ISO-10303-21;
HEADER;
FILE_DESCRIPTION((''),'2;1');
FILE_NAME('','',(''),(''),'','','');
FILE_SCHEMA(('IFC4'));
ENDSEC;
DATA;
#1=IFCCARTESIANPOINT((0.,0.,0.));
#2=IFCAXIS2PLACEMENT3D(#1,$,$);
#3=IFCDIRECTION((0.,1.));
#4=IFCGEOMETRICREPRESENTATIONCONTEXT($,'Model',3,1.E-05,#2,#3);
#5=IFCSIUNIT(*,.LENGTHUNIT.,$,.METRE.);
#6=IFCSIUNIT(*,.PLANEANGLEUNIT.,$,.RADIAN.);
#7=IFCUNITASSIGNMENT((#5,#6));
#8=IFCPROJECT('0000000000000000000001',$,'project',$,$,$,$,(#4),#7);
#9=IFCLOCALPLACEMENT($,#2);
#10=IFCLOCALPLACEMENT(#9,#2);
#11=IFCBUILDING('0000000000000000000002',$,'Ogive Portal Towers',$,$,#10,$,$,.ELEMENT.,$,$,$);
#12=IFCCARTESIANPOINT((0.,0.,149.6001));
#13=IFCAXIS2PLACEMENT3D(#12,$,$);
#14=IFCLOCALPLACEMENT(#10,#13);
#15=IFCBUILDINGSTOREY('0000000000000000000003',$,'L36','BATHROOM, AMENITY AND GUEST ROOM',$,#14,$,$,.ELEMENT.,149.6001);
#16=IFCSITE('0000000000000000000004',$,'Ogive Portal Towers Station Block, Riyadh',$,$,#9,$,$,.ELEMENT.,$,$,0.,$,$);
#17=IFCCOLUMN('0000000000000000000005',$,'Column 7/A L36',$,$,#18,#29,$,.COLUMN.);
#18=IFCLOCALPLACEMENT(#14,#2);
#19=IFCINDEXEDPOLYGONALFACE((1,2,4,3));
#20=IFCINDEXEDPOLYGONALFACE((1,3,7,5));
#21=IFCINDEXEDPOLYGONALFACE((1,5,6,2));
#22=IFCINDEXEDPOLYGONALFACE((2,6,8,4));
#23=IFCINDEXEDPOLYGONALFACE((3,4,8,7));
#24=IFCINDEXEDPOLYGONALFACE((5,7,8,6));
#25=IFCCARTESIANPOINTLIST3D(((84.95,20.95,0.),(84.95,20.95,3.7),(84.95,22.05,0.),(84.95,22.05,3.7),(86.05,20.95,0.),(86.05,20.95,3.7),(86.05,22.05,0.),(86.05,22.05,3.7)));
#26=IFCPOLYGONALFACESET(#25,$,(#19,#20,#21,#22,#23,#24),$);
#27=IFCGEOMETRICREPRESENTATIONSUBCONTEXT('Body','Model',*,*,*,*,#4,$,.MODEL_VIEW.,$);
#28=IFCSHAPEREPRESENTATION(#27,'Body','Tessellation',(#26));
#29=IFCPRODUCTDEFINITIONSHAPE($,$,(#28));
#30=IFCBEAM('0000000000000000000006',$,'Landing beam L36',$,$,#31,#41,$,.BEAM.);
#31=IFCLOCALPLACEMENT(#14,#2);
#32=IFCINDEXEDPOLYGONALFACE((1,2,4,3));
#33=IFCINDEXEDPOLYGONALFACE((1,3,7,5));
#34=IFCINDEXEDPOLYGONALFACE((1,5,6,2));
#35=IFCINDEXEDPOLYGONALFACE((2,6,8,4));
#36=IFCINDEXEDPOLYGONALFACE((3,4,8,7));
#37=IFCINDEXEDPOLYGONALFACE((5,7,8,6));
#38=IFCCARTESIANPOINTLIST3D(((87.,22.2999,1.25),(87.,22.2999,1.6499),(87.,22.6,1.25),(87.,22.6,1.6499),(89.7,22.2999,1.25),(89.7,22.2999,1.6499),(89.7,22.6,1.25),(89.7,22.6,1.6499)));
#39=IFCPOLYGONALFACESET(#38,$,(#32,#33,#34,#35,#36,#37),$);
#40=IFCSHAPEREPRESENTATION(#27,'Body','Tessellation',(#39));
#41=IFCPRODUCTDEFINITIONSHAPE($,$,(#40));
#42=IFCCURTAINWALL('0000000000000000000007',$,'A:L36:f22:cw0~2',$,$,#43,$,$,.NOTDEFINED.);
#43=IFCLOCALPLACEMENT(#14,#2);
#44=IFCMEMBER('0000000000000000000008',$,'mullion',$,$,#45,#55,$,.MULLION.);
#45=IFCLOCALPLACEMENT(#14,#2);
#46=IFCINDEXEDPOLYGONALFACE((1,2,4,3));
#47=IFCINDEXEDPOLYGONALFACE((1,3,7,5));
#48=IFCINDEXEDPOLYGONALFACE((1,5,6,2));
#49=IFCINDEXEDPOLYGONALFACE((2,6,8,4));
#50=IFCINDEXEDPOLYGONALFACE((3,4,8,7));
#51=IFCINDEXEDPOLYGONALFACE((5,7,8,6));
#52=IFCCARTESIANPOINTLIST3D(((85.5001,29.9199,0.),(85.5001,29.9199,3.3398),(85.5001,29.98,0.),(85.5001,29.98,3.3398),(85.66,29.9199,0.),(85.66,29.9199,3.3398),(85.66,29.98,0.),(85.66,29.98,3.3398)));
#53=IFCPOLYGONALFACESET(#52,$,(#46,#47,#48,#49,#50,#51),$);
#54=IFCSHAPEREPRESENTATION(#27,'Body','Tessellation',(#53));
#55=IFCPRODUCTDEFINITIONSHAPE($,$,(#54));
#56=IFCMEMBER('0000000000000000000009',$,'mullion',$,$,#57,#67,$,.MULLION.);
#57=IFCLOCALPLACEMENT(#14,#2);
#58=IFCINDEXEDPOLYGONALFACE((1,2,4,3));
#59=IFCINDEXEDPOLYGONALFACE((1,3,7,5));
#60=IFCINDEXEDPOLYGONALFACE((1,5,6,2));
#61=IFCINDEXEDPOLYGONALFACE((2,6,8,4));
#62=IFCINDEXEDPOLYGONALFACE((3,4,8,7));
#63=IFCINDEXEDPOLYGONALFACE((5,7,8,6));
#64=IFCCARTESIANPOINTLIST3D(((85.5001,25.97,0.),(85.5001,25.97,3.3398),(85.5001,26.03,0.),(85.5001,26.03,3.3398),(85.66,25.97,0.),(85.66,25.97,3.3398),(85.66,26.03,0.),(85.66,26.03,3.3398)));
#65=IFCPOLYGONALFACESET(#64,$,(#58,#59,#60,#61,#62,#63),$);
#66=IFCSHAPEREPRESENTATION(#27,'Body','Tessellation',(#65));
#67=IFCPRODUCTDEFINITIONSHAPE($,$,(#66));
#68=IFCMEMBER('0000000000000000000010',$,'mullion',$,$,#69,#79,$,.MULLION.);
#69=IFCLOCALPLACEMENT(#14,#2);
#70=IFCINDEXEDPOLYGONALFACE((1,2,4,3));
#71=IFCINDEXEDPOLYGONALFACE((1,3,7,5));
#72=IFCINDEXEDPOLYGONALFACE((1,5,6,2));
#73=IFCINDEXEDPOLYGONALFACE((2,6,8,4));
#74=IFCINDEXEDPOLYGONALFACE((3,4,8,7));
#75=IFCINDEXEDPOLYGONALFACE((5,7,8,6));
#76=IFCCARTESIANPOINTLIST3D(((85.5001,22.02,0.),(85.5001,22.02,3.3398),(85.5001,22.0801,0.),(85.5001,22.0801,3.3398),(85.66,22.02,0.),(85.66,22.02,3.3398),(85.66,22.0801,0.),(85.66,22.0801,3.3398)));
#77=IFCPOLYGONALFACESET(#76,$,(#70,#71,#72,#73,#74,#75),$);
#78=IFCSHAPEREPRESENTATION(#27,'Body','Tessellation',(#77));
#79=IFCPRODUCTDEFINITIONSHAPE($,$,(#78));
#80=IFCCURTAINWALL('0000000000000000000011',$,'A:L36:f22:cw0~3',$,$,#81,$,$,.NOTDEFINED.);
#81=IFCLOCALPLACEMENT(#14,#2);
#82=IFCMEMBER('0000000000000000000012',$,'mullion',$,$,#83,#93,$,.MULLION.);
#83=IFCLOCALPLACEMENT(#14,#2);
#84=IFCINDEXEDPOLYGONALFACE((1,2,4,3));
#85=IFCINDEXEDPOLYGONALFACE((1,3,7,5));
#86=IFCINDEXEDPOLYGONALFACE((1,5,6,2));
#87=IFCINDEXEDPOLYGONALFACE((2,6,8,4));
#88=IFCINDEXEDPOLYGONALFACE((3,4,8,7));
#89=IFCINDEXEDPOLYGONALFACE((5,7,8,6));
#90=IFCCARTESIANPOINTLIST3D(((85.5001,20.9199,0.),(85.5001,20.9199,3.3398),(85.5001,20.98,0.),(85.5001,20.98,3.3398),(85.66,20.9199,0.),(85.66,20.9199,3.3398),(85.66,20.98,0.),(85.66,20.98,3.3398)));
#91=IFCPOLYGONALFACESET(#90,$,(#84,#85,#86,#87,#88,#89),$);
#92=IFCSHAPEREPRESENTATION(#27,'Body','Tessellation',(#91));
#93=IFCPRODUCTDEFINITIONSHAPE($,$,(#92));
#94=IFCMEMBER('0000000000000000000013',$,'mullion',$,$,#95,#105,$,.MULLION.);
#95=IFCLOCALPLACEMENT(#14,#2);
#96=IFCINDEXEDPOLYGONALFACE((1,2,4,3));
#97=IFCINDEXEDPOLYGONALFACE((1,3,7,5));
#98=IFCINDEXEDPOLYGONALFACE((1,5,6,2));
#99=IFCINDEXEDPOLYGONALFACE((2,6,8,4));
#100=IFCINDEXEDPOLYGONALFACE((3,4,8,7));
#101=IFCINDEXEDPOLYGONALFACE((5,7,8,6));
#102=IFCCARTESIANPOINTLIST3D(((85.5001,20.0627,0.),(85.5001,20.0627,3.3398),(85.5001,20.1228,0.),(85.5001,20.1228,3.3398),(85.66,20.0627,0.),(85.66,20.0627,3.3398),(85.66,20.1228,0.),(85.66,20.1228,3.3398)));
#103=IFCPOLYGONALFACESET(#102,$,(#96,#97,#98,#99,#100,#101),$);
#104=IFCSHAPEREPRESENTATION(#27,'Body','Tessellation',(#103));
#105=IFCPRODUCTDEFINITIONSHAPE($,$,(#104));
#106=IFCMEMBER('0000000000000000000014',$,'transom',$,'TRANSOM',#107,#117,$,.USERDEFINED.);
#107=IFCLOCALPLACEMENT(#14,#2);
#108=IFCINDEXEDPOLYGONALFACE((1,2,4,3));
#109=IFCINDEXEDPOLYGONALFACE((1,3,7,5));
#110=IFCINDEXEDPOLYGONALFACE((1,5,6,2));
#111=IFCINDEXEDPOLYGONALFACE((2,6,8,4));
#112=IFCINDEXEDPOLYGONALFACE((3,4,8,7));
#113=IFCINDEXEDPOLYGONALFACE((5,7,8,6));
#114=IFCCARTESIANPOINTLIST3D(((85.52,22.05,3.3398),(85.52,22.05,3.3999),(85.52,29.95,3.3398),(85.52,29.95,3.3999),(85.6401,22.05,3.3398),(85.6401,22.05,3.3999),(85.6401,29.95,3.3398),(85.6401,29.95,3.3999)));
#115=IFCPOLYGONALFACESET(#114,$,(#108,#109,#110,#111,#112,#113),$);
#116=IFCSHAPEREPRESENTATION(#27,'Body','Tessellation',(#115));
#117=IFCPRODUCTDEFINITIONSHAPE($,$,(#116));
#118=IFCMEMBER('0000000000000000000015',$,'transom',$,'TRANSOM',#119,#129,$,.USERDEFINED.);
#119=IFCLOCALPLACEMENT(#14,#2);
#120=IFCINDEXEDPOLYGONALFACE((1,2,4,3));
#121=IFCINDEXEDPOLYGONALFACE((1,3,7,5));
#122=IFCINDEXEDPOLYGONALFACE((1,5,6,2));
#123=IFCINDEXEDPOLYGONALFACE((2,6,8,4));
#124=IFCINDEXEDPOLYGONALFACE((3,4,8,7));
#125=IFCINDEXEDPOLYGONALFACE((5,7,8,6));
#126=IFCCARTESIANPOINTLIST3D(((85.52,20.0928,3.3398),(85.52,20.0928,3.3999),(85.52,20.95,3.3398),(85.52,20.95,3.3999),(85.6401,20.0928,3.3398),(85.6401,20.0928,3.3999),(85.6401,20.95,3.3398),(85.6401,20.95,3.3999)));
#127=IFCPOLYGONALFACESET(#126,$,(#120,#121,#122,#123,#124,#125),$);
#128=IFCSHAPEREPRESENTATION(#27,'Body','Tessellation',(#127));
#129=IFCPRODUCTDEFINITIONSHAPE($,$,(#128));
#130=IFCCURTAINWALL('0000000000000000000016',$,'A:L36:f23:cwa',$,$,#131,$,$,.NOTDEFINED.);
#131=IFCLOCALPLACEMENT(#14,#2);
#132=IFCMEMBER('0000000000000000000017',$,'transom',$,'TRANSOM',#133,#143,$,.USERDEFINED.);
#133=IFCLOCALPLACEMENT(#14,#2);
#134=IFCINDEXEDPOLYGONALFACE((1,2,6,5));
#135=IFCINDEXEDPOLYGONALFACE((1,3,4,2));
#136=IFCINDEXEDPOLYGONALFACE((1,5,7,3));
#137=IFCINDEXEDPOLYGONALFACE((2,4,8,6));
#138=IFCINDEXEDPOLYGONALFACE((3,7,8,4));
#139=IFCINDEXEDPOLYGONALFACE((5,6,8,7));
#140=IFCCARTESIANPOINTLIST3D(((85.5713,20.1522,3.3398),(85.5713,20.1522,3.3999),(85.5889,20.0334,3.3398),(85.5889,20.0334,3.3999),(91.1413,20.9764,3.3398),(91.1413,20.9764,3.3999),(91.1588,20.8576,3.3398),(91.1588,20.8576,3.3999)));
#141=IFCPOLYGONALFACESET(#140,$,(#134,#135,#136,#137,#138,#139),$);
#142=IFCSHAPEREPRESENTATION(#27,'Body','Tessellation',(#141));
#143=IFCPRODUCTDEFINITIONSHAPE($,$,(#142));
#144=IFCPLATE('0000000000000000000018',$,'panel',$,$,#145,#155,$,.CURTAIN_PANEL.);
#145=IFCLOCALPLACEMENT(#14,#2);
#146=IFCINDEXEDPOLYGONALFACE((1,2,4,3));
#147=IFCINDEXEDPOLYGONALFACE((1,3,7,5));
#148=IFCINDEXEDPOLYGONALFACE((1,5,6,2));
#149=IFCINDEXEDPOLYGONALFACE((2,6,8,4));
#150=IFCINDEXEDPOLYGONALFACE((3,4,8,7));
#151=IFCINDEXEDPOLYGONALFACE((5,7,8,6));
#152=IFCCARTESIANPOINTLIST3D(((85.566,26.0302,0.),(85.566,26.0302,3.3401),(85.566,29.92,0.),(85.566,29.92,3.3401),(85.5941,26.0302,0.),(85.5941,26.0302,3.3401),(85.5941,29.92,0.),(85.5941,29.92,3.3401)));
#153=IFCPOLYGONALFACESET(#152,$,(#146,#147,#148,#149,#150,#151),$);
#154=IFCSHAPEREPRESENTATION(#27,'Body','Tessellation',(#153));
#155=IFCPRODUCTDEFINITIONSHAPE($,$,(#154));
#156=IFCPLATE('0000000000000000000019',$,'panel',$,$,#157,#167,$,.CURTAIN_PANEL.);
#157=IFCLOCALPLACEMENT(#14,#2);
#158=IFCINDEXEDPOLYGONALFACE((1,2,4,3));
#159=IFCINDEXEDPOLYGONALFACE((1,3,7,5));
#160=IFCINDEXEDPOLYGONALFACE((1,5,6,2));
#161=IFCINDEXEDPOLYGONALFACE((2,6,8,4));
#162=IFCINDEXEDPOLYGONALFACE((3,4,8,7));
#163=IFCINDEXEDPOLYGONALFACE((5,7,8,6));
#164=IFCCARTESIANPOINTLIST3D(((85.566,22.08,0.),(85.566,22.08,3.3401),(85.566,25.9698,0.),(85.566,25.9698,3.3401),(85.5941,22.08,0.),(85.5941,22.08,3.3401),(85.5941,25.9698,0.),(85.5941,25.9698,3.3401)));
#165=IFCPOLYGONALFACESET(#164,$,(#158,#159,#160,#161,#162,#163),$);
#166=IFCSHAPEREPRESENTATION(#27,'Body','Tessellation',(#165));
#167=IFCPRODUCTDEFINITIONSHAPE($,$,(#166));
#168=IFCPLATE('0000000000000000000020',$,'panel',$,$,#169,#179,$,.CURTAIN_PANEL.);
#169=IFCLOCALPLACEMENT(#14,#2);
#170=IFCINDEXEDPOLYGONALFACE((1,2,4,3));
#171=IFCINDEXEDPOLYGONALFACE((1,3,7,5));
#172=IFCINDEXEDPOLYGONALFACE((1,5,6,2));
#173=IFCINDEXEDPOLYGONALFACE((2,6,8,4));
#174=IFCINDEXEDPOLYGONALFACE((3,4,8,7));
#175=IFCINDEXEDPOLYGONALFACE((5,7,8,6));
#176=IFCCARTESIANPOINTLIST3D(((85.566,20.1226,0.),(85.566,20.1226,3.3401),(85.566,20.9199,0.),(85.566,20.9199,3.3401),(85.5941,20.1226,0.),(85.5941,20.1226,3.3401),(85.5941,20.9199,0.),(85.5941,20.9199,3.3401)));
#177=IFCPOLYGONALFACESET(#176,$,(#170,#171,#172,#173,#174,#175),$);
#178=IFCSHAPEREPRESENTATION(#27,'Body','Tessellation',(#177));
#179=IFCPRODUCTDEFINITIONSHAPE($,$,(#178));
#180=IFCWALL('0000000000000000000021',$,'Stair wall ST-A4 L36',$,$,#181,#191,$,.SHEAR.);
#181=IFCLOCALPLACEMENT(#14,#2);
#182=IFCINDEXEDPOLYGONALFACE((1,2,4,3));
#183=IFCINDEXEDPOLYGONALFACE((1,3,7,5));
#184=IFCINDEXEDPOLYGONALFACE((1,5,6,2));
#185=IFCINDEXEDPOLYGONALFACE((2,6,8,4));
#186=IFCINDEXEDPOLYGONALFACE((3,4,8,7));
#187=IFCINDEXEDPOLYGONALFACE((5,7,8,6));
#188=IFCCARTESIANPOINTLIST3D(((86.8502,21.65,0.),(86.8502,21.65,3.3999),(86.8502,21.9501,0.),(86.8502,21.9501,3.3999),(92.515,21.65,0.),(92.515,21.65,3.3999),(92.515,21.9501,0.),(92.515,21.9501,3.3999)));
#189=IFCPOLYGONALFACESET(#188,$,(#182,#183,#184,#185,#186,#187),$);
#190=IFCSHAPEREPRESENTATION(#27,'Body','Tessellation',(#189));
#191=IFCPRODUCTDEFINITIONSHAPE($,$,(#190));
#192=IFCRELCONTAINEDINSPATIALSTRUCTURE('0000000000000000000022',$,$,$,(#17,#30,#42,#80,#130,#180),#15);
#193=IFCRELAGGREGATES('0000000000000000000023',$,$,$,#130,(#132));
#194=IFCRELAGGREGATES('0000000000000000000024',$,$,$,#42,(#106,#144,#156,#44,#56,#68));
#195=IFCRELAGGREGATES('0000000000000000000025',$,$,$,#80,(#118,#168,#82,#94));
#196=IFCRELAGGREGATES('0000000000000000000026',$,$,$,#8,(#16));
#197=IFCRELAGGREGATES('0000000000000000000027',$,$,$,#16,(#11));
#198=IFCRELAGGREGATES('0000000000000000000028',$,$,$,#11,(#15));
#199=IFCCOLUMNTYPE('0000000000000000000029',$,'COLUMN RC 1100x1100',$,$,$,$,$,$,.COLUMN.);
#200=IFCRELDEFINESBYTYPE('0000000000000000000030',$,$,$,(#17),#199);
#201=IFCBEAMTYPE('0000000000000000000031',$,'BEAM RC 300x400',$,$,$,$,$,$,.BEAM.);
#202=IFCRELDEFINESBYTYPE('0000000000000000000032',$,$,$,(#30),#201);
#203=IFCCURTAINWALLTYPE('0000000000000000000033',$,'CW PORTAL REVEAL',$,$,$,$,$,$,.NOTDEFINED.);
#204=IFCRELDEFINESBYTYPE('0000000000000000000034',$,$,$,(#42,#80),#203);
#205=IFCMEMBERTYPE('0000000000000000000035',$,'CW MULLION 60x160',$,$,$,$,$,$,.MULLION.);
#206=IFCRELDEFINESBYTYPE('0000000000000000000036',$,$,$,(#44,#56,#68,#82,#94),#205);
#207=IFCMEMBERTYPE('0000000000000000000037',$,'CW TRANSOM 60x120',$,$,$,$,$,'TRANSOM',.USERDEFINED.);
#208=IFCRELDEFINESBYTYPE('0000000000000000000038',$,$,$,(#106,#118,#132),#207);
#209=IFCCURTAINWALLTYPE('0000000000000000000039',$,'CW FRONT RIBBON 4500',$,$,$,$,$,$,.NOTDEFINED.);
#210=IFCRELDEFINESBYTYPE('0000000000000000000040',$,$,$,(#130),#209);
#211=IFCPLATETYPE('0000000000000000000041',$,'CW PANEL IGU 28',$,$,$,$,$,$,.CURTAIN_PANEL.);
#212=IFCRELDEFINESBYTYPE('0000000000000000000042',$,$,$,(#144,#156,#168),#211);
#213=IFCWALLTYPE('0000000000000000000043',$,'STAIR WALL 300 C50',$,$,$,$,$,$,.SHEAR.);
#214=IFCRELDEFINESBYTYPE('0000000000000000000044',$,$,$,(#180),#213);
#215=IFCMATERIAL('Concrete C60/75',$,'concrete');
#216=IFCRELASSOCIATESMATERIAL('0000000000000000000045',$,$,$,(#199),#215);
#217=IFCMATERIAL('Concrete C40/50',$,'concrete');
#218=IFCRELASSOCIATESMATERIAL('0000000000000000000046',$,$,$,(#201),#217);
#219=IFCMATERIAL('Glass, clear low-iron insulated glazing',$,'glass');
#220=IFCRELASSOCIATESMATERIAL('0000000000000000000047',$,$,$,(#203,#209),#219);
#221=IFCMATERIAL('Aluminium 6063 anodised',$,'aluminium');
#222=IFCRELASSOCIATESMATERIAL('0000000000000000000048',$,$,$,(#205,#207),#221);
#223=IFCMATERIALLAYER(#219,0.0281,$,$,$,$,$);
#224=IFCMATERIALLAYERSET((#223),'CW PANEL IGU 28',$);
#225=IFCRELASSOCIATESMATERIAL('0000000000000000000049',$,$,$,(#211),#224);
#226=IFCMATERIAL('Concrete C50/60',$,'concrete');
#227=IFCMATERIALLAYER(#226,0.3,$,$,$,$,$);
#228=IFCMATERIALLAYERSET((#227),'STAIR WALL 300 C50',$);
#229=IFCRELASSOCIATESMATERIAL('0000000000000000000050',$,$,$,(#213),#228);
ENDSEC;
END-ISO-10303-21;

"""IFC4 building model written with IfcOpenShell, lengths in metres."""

from ifc_helpers import new_model, si_unit, direction, frame, frame_2d, origin, origin_2d, place, context, subcontext, project, spatial, rectangle, extrude, material, layer, layer_set, material_profile, profile_set, type_object, element, aggregate, save


model = new_model("IFC4")

# Units and contexts
model_context = context("Model", 3, precision=1e-05, world=origin(), true_north=direction((0.0, 1.0)))
body_context = subcontext(model_context, "Body", "Model", "MODEL_VIEW")
ifc_project = project(units=[si_unit("LENGTHUNIT", "METRE"), si_unit("PLANEANGLEUNIT", "RADIAN")], contexts=[model_context])

# Site, building, storey
site_placement = place(None, origin())
site = spatial("IfcSite", under=ifc_project, at=site_placement, Name="Ogive Portal Towers Station Block, Riyadh", CompositionType="ELEMENT", RefElevation=0.0)
building_placement = place(site_placement, origin())
building = spatial("IfcBuilding", under=site, at=building_placement, Name="Ogive Portal Towers", CompositionType="ELEMENT")
storey_placement = place(building_placement, frame((0.0, 0.0, 149.6001)))
storey = spatial("IfcBuildingStorey", under=building, at=storey_placement, Name="L36", Description="BATHROOM, AMENITY AND GUEST ROOM", CompositionType="ELEMENT", Elevation=149.6001)

# Column
ifc_material_1 = material(Name="Concrete C60/75", Category="concrete")
ifc_material_profile_1 = material_profile(ifc_material_1, rectangle(XDim=1.1001, YDim=1.1001, at=origin_2d()), Name="RC 1100x1100")
ifc_profile_set_1 = profile_set([ifc_material_profile_1], Name="Concrete C60/75")
column_type = type_object("IfcColumnType", Name="COLUMN RC 1100x1100", PredefinedType="COLUMN", material=ifc_profile_set_1)
column_placement = place(storey_placement, frame((85.5, 21.5, 0.0), z_axis=(0.0, 0.0, 1.0), x_axis=(1.0, 0.0, 0.0)))
element("IfcColumn", 1, at=column_placement, inside=storey, type_object=column_type, Name="Column 7/A L36", PredefinedType="COLUMN", context=body_context, shape_type="SweptSolid", body=[
    extrude(rectangle(XDim=1.1001, YDim=1.1001, at=origin_2d()), origin(), (0.0, 0.0, 1.0), 3.7),
])

# Beam
ifc_material_2 = material(Name="Concrete C40/50", Category="concrete")
ifc_material_profile_2 = material_profile(ifc_material_2, rectangle(XDim=0.3, YDim=0.3999, at=origin_2d()), Name="RC 300x400")
ifc_profile_set_2 = profile_set([ifc_material_profile_2], Name="Concrete C40/50")
beam_type = type_object("IfcBeamType", Name="BEAM RC 300x400", PredefinedType="BEAM", material=ifc_profile_set_2)
beam_placement = place(storey_placement, frame((87.0, 22.45, 1.45), z_axis=(1.0, 0.0, 0.0), x_axis=(0.0, 1.0, 0.0)))
element("IfcBeam", 2, at=beam_placement, inside=storey, type_object=beam_type, Name="Landing beam L36", PredefinedType="BEAM", context=body_context, shape_type="SweptSolid", body=[
    extrude(rectangle(XDim=0.3, YDim=0.3999, at=origin_2d()), origin(), (0.0, 0.0, 1.0), 2.7),
])

# Curtain walls, members
ifc_material_3 = material(Name="Glass, clear low-iron insulated glazing", Category="glass")
curtain_wall_type_1 = type_object("IfcCurtainWallType", Name="CW PORTAL REVEAL", PredefinedType="NOTDEFINED", material=ifc_material_3)
curtain_wall_1_placement = place(storey_placement, origin())
curtain_wall_1 = element("IfcCurtainWall", 3, at=curtain_wall_1_placement, inside=storey, type_object=curtain_wall_type_1, Name="A:L36:f22:cw0~2", PredefinedType="NOTDEFINED")
ifc_material_4 = material(Name="Aluminium 6063 anodised", Category="aluminium")
ifc_material_profile_3 = material_profile(ifc_material_4, rectangle(XDim=0.1599, YDim=0.0601, at=origin_2d()), Name="AL 60x160")
ifc_profile_set_3 = profile_set([ifc_material_profile_3], Name="Aluminium 6063 anodised")
member_type_1 = type_object("IfcMemberType", Name="CW MULLION 60x160", PredefinedType="MULLION", material=ifc_profile_set_3)
member_1_placement = place(storey_placement, frame((85.5801, 29.95, 0.0), z_axis=(0.0, 0.0, 1.0), x_axis=(1.0, 0.0, 0.0)))
member_1 = element("IfcMember", 4, at=member_1_placement, type_object=member_type_1, Name="mullion", PredefinedType="MULLION", context=body_context, shape_type="SweptSolid", body=[
    extrude(rectangle(XDim=0.1599, YDim=0.0601, at=origin_2d()), origin(), (0.0, 0.0, 1.0), 3.3398),
])
member_2_placement = place(storey_placement, frame((85.5801, 26.0, 0.0), z_axis=(0.0, 0.0, 1.0), x_axis=(1.0, 0.0, 0.0)))
member_2 = element("IfcMember", 5, at=member_2_placement, type_object=member_type_1, Name="mullion", PredefinedType="MULLION", context=body_context, shape_type="SweptSolid", body=[
    extrude(rectangle(XDim=0.1599, YDim=0.0601, at=origin_2d()), origin(), (0.0, 0.0, 1.0), 3.3398),
])
member_3_placement = place(storey_placement, frame((85.5801, 22.05, 0.0), z_axis=(0.0, 0.0, 1.0), x_axis=(1.0, 0.0, 0.0)))
member_3 = element("IfcMember", 6, at=member_3_placement, type_object=member_type_1, Name="mullion", PredefinedType="MULLION", context=body_context, shape_type="SweptSolid", body=[
    extrude(rectangle(XDim=0.1599, YDim=0.0601, at=origin_2d()), origin(), (0.0, 0.0, 1.0), 3.3398),
])
curtain_wall_2_placement = place(storey_placement, origin())
curtain_wall_2 = element("IfcCurtainWall", 7, at=curtain_wall_2_placement, inside=storey, type_object=curtain_wall_type_1, Name="A:L36:f22:cw0~3", PredefinedType="NOTDEFINED")
member_4_placement = place(storey_placement, frame((85.5801, 20.95, 0.0), z_axis=(0.0, 0.0, 1.0), x_axis=(1.0, 0.0, 0.0)))
member_4 = element("IfcMember", 8, at=member_4_placement, type_object=member_type_1, Name="mullion", PredefinedType="MULLION", context=body_context, shape_type="SweptSolid", body=[
    extrude(rectangle(XDim=0.1599, YDim=0.0601, at=origin_2d()), origin(), (0.0, 0.0, 1.0), 3.3398),
])
member_5_placement = place(storey_placement, frame((85.5801, 20.0928, 0.0), z_axis=(0.0, 0.0, 1.0), x_axis=(1.0, 0.0, 0.0)))
member_5 = element("IfcMember", 9, at=member_5_placement, type_object=member_type_1, Name="mullion", PredefinedType="MULLION", context=body_context, shape_type="SweptSolid", body=[
    extrude(rectangle(XDim=0.1599, YDim=0.0601, at=origin_2d()), origin(), (0.0, 0.0, 1.0), 3.3398),
])

# Members
ifc_material_profile_4 = material_profile(ifc_material_4, rectangle(XDim=0.1201, YDim=0.0601, at=origin_2d()), Name="AL 120x60")
ifc_profile_set_4 = profile_set([ifc_material_profile_4], Name="Aluminium 6063 anodised")
member_type_2 = type_object("IfcMemberType", Name="CW TRANSOM 60x120", ElementType="TRANSOM", PredefinedType="USERDEFINED", material=ifc_profile_set_4)
member_6_placement = place(storey_placement, frame((85.5801, 29.95, 3.3699), z_axis=(0.0, -1.0, 0.0), x_axis=(1.0, 0.0, 0.0)))
member_6 = element("IfcMember", 10, at=member_6_placement, type_object=member_type_2, Name="transom", ObjectType="TRANSOM", PredefinedType="USERDEFINED", context=body_context, shape_type="SweptSolid", body=[
    extrude(rectangle(XDim=0.1201, YDim=0.0601, at=origin_2d()), origin(), (0.0, 0.0, 1.0), 7.8999),
])
member_7_placement = place(storey_placement, frame((85.5801, 20.95, 3.3699), z_axis=(0.0, -1.0, 0.0), x_axis=(1.0, 0.0, 0.0)))
member_7 = element("IfcMember", 11, at=member_7_placement, type_object=member_type_2, Name="transom", ObjectType="TRANSOM", PredefinedType="USERDEFINED", context=body_context, shape_type="SweptSolid", body=[
    extrude(rectangle(XDim=0.1201, YDim=0.0601, at=origin_2d()), origin(), (0.0, 0.0, 1.0), 0.8572),
])

# Curtain wall, member
curtain_wall_type_2 = type_object("IfcCurtainWallType", Name="CW FRONT RIBBON 4500", PredefinedType="NOTDEFINED", material=ifc_material_3)
curtain_wall_3_placement = place(storey_placement, origin())
curtain_wall_3 = element("IfcCurtainWall", 12, at=curtain_wall_3_placement, inside=storey, type_object=curtain_wall_type_2, Name="A:L36:f23:cwa", PredefinedType="NOTDEFINED")
member_8_placement = place(storey_placement, frame((85.5801, 20.0928, 3.3699), z_axis=(0.989229, 0.146379, 0.0), x_axis=(-0.146379, 0.989229, 0.0)))
member_8 = element("IfcMember", 13, at=member_8_placement, type_object=member_type_2, Name="transom", ObjectType="TRANSOM", PredefinedType="USERDEFINED", context=body_context, shape_type="SweptSolid", body=[
    extrude(rectangle(XDim=0.1201, YDim=0.0601, at=origin_2d()), origin(), (0.0, 0.0, 1.0), 5.6306),
])
aggregate(curtain_wall_3, [member_8])

# Plates
ifc_layer_1 = layer(ifc_material_3, 0.0281)
ifc_layer_set_1 = layer_set([ifc_layer_1], Name="CW PANEL IGU 28")
plate_type = type_object("IfcPlateType", Name="CW PANEL IGU 28", PredefinedType="CURTAIN_PANEL", material=ifc_layer_set_1)
plate_1_placement = place(storey_placement, frame((85.5801, 27.9751, 0.0), z_axis=(0.0, 0.0, 1.0), x_axis=(0.0, -1.0, 0.0)))
plate_1 = element("IfcPlate", 14, at=plate_1_placement, type_object=plate_type, Name="panel", PredefinedType="CURTAIN_PANEL", context=body_context, shape_type="SweptSolid", body=[
    extrude(rectangle(XDim=3.8899, YDim=0.0281, at=origin_2d()), origin(), (0.0, 0.0, 1.0), 3.3401),
])
plate_2_placement = place(storey_placement, frame((85.5801, 24.0249, 0.0), z_axis=(0.0, 0.0, 1.0), x_axis=(0.0, -1.0, 0.0)))
plate_2 = element("IfcPlate", 15, at=plate_2_placement, type_object=plate_type, Name="panel", PredefinedType="CURTAIN_PANEL", context=body_context, shape_type="SweptSolid", body=[
    extrude(rectangle(XDim=3.8899, YDim=0.0281, at=origin_2d()), origin(), (0.0, 0.0, 1.0), 3.3401),
])
aggregate(curtain_wall_1, [member_6, plate_1, plate_2, member_1, member_2, member_3])
plate_3_placement = place(storey_placement, frame((85.5801, 20.5212, 0.0), z_axis=(0.0, 0.0, 1.0), x_axis=(0.0, -1.0, 0.0)))
plate_3 = element("IfcPlate", 16, at=plate_3_placement, type_object=plate_type, Name="panel", PredefinedType="CURTAIN_PANEL", context=body_context, shape_type="SweptSolid", body=[
    extrude(rectangle(XDim=0.7974, YDim=0.0281, at=origin_2d()), origin(), (0.0, 0.0, 1.0), 3.3401),
])
aggregate(curtain_wall_2, [member_7, plate_3, member_4, member_5])

# Wall
ifc_material_5 = material(Name="Concrete C50/60", Category="concrete")
ifc_layer_2 = layer(ifc_material_5, 0.3)
ifc_layer_set_2 = layer_set([ifc_layer_2], Name="STAIR WALL 300 C50")
wall_type = type_object("IfcWallType", Name="STAIR WALL 300 C50", PredefinedType="SHEAR", material=ifc_layer_set_2)
wall_1_placement = place(storey_placement, frame((86.8501, 21.8, 0.0), z_axis=(0.0, 0.0, 1.0), x_axis=(1.0, 0.0, 0.0)))
element("IfcWall", 17, at=wall_1_placement, inside=storey, type_object=wall_type, Name="Stair wall ST-A4 L36", PredefinedType="SHEAR", context=body_context, shape_type="SweptSolid", body=[
    extrude(rectangle(XDim=5.6648, YDim=0.3, at=frame_2d((2.8325, 0.0))), origin(), (0.0, 0.0, 1.0), 3.3999),
])

save(model, "model.ifc")
